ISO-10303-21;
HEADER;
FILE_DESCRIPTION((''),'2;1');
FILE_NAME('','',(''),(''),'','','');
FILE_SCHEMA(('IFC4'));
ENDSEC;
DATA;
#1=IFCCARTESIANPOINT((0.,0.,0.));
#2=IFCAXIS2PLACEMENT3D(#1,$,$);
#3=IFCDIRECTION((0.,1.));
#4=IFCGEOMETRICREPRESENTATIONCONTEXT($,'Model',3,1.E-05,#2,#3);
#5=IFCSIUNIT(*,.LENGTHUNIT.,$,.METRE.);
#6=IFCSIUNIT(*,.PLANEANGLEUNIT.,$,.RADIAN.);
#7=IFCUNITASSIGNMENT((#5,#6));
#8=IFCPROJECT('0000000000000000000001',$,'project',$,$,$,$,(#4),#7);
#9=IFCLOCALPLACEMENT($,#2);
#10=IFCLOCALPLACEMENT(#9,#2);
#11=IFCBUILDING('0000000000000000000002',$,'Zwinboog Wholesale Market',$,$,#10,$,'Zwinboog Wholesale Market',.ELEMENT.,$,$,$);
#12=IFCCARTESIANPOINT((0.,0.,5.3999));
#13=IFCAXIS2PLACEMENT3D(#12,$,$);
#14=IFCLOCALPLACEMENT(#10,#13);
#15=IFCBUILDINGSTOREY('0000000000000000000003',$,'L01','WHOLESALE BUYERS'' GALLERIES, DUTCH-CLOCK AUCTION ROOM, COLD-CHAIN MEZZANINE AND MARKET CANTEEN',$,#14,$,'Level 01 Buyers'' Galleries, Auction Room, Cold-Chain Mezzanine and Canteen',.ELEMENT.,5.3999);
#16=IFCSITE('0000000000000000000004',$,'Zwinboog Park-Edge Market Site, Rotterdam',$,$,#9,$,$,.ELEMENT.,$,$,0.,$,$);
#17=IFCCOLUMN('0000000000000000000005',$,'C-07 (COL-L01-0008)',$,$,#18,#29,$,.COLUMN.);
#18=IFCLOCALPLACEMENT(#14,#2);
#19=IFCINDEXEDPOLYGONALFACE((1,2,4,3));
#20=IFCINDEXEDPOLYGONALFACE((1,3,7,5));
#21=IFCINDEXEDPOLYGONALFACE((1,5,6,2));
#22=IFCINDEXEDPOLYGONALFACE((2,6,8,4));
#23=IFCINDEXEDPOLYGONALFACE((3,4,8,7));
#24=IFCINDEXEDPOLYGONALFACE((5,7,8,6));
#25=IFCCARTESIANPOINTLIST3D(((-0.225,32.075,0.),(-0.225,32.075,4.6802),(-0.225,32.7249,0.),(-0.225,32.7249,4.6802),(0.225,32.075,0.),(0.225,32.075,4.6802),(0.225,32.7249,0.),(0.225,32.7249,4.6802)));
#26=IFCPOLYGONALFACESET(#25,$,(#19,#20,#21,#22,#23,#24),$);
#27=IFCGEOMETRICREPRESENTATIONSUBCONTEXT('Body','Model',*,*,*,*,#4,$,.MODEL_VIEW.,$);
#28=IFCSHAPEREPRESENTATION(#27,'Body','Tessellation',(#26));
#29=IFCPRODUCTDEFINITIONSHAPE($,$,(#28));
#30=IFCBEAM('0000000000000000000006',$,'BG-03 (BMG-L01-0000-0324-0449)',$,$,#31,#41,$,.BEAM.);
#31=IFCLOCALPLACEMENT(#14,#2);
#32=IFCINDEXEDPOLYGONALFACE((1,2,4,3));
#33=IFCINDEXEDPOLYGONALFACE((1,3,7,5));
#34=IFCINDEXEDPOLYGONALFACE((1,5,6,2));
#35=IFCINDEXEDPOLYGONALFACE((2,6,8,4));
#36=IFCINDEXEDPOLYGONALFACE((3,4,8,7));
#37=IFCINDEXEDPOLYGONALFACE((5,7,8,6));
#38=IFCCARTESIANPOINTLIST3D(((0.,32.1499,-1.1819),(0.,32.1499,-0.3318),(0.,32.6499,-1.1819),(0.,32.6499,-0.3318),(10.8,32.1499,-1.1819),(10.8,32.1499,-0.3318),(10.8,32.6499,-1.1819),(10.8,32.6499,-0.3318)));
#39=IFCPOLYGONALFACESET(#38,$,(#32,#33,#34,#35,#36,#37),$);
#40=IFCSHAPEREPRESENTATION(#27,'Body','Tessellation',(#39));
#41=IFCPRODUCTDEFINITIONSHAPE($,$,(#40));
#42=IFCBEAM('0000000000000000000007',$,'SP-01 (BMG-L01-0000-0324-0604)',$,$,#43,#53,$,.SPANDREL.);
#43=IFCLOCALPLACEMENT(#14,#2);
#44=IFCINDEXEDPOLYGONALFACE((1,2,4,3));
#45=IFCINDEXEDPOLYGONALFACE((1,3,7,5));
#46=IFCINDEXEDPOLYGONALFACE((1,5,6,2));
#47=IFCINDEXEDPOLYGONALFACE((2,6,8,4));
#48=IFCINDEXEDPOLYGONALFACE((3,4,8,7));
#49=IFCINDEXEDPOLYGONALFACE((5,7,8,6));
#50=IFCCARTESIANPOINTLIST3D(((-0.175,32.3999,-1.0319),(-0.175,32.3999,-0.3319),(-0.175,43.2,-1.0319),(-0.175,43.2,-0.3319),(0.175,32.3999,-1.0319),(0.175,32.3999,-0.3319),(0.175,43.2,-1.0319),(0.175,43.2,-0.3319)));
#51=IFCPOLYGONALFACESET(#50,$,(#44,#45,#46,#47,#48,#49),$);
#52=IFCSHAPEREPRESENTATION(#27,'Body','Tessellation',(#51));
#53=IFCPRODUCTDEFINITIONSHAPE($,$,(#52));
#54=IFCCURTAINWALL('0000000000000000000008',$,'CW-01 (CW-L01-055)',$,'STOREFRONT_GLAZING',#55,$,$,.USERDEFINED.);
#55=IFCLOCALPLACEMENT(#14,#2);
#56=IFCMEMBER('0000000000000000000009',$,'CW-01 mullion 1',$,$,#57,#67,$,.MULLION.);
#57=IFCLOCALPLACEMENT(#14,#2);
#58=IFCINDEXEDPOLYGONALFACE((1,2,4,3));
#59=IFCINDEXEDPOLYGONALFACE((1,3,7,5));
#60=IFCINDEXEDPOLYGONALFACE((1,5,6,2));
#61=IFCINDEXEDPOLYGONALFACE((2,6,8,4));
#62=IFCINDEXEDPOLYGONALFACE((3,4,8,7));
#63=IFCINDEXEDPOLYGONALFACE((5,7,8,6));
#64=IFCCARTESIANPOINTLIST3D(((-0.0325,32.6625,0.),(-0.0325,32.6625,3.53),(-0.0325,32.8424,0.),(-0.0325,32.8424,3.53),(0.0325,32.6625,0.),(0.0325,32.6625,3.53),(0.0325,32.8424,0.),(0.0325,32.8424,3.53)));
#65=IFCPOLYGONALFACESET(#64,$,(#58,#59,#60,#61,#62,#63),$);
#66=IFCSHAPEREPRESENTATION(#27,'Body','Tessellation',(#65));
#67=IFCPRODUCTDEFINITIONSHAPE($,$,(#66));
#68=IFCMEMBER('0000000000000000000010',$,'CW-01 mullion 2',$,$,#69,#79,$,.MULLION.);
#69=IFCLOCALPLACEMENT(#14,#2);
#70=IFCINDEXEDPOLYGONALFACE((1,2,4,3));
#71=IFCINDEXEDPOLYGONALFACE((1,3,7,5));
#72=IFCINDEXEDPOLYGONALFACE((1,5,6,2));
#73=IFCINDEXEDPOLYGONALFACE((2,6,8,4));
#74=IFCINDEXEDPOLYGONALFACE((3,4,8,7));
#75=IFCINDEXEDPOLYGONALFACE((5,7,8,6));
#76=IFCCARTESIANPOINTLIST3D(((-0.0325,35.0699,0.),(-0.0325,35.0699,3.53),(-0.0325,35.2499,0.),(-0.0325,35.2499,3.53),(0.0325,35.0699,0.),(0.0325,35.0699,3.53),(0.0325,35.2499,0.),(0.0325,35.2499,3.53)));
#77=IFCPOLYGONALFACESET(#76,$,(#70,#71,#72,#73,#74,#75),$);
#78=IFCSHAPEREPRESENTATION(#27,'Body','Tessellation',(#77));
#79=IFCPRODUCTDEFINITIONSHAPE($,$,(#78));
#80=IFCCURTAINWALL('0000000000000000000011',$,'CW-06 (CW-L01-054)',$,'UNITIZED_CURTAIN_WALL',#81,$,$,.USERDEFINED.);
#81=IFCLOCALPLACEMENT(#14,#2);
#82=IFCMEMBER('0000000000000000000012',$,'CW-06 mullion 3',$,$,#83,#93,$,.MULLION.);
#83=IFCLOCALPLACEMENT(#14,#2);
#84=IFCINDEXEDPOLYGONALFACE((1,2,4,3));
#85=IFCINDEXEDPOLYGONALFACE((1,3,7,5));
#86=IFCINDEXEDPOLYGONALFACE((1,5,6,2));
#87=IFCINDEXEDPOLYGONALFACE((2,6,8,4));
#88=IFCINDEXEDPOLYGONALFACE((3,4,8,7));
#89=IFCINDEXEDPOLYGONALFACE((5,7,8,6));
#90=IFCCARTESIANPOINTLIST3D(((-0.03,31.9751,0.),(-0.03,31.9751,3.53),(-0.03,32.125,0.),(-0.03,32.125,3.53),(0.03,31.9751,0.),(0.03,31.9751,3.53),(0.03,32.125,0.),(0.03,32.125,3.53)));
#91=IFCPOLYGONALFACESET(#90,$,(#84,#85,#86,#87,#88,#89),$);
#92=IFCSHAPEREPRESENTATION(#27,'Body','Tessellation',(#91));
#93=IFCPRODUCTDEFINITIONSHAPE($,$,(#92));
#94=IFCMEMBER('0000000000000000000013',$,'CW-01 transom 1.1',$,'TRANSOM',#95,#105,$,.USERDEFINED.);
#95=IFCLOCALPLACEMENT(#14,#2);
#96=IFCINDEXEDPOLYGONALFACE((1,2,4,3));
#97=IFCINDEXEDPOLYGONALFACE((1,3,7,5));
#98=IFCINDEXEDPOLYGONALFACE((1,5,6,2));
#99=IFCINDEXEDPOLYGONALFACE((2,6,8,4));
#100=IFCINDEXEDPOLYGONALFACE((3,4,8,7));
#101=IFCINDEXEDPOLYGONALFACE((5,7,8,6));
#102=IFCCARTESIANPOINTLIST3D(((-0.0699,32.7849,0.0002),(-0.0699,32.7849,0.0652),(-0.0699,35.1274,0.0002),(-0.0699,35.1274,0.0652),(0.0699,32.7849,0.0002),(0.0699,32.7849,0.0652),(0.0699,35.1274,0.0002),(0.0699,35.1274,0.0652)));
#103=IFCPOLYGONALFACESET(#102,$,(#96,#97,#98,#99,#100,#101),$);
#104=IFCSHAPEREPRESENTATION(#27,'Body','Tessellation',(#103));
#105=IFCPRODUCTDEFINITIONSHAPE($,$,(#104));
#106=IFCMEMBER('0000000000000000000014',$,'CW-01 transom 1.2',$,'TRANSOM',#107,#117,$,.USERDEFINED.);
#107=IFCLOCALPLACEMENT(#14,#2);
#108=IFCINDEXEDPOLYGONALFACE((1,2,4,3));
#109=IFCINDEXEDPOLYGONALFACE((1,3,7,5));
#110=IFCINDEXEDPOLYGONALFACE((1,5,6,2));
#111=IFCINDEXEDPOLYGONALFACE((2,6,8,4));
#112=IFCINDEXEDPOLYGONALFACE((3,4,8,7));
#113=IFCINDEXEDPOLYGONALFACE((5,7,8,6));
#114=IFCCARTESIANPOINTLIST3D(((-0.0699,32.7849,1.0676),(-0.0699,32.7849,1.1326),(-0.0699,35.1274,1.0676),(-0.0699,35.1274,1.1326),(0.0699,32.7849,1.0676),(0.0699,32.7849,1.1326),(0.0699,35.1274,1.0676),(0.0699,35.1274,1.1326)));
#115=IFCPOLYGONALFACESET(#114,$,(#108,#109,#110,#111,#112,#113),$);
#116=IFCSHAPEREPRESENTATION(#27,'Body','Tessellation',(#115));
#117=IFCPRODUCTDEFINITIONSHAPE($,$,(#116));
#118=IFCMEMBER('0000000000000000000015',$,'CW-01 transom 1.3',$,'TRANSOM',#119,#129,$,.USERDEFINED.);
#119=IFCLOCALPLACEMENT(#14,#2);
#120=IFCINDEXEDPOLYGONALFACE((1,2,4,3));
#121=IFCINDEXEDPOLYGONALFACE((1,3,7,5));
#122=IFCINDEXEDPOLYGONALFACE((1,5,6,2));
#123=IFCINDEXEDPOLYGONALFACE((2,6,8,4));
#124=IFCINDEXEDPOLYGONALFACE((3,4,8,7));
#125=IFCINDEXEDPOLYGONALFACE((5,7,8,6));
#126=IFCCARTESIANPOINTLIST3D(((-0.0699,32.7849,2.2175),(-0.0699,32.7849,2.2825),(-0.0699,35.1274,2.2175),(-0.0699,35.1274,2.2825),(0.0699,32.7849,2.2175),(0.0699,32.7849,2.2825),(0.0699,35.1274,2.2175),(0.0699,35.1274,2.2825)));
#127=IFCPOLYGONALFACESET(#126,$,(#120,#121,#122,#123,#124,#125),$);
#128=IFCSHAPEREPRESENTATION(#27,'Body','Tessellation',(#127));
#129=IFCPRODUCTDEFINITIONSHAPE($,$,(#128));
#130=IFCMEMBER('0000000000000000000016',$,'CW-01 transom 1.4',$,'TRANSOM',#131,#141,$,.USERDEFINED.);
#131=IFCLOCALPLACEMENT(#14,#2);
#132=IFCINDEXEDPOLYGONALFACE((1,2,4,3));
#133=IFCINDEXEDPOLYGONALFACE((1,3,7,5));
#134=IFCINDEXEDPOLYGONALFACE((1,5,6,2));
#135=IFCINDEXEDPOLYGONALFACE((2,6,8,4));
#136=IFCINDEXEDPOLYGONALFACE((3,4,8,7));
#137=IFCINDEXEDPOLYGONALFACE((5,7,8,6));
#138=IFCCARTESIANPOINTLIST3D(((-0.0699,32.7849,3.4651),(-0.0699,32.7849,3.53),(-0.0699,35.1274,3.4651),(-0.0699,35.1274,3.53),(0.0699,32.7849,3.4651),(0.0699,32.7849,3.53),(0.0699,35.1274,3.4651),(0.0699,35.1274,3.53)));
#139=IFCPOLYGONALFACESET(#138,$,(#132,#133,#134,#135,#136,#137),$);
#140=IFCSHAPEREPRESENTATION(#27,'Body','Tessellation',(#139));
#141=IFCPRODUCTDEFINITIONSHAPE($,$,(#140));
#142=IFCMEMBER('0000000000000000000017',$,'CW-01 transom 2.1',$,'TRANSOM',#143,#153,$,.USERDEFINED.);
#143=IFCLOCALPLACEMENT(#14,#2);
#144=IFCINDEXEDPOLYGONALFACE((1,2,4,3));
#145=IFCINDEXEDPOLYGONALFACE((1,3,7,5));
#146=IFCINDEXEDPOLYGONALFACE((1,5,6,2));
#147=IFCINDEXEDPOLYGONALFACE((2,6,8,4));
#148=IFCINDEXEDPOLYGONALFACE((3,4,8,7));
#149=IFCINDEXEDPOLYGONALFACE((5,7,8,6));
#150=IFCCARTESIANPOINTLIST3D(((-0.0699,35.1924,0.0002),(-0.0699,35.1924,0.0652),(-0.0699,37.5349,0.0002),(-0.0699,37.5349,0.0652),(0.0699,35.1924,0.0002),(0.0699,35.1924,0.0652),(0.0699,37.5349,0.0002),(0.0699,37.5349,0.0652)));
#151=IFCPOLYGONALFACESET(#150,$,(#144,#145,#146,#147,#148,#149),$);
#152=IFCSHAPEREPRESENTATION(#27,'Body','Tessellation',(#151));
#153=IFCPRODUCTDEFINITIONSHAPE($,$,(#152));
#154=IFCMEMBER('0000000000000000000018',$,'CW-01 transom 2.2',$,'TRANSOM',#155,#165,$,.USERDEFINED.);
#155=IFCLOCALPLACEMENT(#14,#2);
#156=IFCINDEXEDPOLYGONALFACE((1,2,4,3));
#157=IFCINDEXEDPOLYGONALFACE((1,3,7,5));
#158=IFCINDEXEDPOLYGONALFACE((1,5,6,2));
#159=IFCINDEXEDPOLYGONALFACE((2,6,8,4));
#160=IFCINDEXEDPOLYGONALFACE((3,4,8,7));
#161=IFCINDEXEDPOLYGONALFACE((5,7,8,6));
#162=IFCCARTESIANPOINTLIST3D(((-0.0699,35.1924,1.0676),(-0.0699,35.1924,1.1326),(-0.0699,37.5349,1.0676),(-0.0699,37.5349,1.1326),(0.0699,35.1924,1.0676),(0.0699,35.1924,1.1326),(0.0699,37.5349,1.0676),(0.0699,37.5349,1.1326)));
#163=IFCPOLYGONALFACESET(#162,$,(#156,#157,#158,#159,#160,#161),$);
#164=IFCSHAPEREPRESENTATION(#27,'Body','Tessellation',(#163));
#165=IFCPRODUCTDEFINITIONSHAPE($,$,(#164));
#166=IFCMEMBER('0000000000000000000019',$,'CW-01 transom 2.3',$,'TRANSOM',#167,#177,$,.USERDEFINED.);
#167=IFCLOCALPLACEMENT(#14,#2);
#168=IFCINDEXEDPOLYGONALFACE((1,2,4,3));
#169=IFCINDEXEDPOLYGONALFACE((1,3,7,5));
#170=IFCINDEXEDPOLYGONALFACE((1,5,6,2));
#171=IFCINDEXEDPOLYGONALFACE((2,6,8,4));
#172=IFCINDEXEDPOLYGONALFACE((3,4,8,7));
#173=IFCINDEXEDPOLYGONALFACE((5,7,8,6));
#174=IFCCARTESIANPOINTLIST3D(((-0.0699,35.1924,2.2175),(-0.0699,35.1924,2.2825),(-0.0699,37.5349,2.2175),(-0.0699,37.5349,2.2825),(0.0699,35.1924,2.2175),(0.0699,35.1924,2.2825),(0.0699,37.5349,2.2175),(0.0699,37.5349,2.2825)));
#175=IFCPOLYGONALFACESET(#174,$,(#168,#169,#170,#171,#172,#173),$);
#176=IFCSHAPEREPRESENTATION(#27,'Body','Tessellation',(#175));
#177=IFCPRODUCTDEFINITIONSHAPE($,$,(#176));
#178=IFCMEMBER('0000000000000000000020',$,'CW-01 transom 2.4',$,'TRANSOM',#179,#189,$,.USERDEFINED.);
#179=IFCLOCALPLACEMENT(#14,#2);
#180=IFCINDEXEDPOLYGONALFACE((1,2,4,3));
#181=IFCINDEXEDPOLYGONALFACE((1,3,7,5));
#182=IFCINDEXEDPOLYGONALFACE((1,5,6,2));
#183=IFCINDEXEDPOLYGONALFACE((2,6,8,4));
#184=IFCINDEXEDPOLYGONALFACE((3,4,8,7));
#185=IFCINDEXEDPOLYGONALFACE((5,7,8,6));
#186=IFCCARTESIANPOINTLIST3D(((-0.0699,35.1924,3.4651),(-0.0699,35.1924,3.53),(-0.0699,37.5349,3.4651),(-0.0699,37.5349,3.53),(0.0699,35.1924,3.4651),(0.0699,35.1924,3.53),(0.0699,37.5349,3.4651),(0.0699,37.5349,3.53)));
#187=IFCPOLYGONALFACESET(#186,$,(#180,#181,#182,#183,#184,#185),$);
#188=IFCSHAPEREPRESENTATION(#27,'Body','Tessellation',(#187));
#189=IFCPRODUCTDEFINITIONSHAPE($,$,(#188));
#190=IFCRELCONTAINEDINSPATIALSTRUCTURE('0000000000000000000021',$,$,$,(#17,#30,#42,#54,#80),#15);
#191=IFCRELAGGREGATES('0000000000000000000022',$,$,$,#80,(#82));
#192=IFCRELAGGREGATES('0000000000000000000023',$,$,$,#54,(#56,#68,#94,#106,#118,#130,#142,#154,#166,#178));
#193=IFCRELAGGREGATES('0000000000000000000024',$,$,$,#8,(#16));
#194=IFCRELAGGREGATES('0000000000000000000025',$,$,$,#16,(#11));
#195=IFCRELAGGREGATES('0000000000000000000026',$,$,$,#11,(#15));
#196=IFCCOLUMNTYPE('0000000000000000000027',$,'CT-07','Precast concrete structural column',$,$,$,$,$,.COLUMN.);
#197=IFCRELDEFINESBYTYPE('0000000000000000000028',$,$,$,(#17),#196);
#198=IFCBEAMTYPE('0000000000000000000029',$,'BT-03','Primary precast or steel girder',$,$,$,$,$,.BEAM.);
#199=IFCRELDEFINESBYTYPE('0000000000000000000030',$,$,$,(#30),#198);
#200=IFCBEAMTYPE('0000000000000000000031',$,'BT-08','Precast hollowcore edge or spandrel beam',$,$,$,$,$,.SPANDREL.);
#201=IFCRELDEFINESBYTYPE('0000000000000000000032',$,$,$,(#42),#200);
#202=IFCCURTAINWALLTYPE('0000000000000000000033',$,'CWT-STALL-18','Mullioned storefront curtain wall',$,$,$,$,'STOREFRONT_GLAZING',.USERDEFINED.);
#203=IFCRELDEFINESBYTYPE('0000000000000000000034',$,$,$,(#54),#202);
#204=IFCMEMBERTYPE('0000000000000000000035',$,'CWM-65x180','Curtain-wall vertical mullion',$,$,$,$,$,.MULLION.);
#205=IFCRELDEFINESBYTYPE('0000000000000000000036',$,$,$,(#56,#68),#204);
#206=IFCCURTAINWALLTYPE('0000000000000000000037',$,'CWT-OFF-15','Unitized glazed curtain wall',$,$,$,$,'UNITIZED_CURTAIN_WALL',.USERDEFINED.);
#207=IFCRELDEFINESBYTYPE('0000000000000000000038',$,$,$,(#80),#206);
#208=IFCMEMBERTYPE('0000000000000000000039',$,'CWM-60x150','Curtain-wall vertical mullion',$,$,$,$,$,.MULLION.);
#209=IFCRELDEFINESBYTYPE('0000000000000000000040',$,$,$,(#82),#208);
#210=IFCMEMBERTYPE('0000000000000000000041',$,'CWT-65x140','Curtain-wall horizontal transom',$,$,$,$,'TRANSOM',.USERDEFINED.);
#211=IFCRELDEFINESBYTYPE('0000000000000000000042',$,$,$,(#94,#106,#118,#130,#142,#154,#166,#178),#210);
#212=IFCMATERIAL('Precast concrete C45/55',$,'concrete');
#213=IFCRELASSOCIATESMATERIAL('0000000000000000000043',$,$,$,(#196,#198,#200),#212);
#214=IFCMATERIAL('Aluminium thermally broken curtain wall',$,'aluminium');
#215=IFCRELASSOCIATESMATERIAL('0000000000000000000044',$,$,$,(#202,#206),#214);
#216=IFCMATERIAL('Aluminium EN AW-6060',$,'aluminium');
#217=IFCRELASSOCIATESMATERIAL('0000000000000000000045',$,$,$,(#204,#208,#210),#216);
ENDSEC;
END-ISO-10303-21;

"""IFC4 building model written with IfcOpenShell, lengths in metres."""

from ifc_helpers import new_model, si_unit, direction, frame, origin, origin_2d, place, context, subcontext, project, spatial, rectangle, extrude, material, material_profile, profile_set, type_object, element, aggregate, save


model = new_model("IFC4")

# Units and contexts
model_context = context("Model", 3, precision=1e-05, world=origin(), true_north=direction((0.0, 1.0)))
body_context = subcontext(model_context, "Body", "Model", "MODEL_VIEW")
ifc_project = project(units=[si_unit("LENGTHUNIT", "METRE"), si_unit("PLANEANGLEUNIT", "RADIAN")], contexts=[model_context])

# Site, building, storey
site_placement = place(None, origin())
site = spatial("IfcSite", under=ifc_project, at=site_placement, Name="Zwinboog Park-Edge Market Site, Rotterdam", CompositionType="ELEMENT", RefElevation=0.0)
building_placement = place(site_placement, origin())
building = spatial("IfcBuilding", under=site, at=building_placement, Name="Zwinboog Wholesale Market", LongName="Zwinboog Wholesale Market", CompositionType="ELEMENT")
storey_placement = place(building_placement, frame((0.0, 0.0, 5.3999)))
storey = spatial("IfcBuildingStorey", under=building, at=storey_placement, Name="L01", Description="WHOLESALE BUYERS' GALLERIES, DUTCH-CLOCK AUCTION ROOM, COLD-CHAIN MEZZANINE AND MARKET CANTEEN", LongName="Level 01 Buyers' Galleries, Auction Room, Cold-Chain Mezzanine and Canteen", CompositionType="ELEMENT", Elevation=5.3999)

# Column
ifc_material_1 = material(Name="Precast concrete C45/55", Category="concrete")
ifc_material_profile_1 = material_profile(ifc_material_1, rectangle(XDim=0.45, YDim=0.6499, at=origin_2d()), Name="PC 450x650")
ifc_profile_set_1 = profile_set([ifc_material_profile_1], Name="Precast concrete C45/55")
column_type = type_object("IfcColumnType", Name="CT-07", Description="Precast concrete structural column", PredefinedType="COLUMN", material=ifc_profile_set_1)
column_placement = place(storey_placement, frame((0.0, 32.3999, 0.0), z_axis=(0.0, 0.0, 1.0), x_axis=(1.0, 0.0, 0.0)))
element("IfcColumn", 1, at=column_placement, inside=storey, type_object=column_type, Name="C-07 (COL-L01-0008)", PredefinedType="COLUMN", context=body_context, shape_type="SweptSolid", body=[
    extrude(rectangle(XDim=0.45, YDim=0.6499, at=origin_2d()), origin(), (0.0, 0.0, 1.0), 4.6802),
])

# Beams
ifc_material_profile_2 = material_profile(ifc_material_1, rectangle(XDim=0.5, YDim=0.8501, at=origin_2d()), Name="PC 500x850")
ifc_profile_set_2 = profile_set([ifc_material_profile_2], Name="Precast concrete C45/55")
beam_type_1 = type_object("IfcBeamType", Name="BT-03", Description="Primary precast or steel girder", PredefinedType="BEAM", material=ifc_profile_set_2)
beam_1_placement = place(storey_placement, frame((0.0, 32.3999, -0.7568), z_axis=(1.0, 0.0, 0.0), x_axis=(0.0, 1.0, 0.0)))
element("IfcBeam", 2, at=beam_1_placement, inside=storey, type_object=beam_type_1, Name="BG-03 (BMG-L01-0000-0324-0449)", PredefinedType="BEAM", context=body_context, shape_type="SweptSolid", body=[
    extrude(rectangle(XDim=0.5, YDim=0.8501, at=origin_2d()), origin(), (0.0, 0.0, 1.0), 10.8),
])
ifc_material_profile_3 = material_profile(ifc_material_1, rectangle(XDim=0.3501, YDim=0.7, at=origin_2d()), Name="PC 350x700")
ifc_profile_set_3 = profile_set([ifc_material_profile_3], Name="Precast concrete C45/55")
beam_type_2 = type_object("IfcBeamType", Name="BT-08", Description="Precast hollowcore edge or spandrel beam", PredefinedType="SPANDREL", material=ifc_profile_set_3)
beam_2_placement = place(storey_placement, frame((0.0, 32.3999, -0.6819), z_axis=(0.0, 1.0, 0.0), x_axis=(-1.0, 0.0, 0.0)))
element("IfcBeam", 3, at=beam_2_placement, inside=storey, type_object=beam_type_2, Name="SP-01 (BMG-L01-0000-0324-0604)", PredefinedType="SPANDREL", context=body_context, shape_type="SweptSolid", body=[
    extrude(rectangle(XDim=0.3501, YDim=0.7, at=origin_2d()), origin(), (0.0, 0.0, 1.0), 10.8),
])

# Curtain wall, members
ifc_material_2 = material(Name="Aluminium thermally broken curtain wall", Category="aluminium")
curtain_wall_type_1 = type_object("IfcCurtainWallType", Name="CWT-STALL-18", Description="Mullioned storefront curtain wall", ElementType="STOREFRONT_GLAZING", PredefinedType="USERDEFINED", material=ifc_material_2)
curtain_wall_1_placement = place(storey_placement, origin())
curtain_wall_1 = element("IfcCurtainWall", 4, at=curtain_wall_1_placement, inside=storey, type_object=curtain_wall_type_1, Name="CW-01 (CW-L01-055)", ObjectType="STOREFRONT_GLAZING", PredefinedType="USERDEFINED")
ifc_material_3 = material(Name="Aluminium EN AW-6060", Category="aluminium")
ifc_material_profile_4 = material_profile(ifc_material_3, rectangle(XDim=0.0649, YDim=0.1799, at=origin_2d()), Name="AL 65x180")
ifc_profile_set_4 = profile_set([ifc_material_profile_4], Name="Aluminium EN AW-6060")
member_type_1 = type_object("IfcMemberType", Name="CWM-65x180", Description="Curtain-wall vertical mullion", PredefinedType="MULLION", material=ifc_profile_set_4)
member_1_placement = place(storey_placement, frame((0.0, 32.7524, 0.0), z_axis=(0.0, 0.0, 1.0), x_axis=(-1.0, 0.0, 0.0)))
member_1 = element("IfcMember", 5, at=member_1_placement, type_object=member_type_1, Name="CW-01 mullion 1", PredefinedType="MULLION", context=body_context, shape_type="SweptSolid", body=[
    extrude(rectangle(XDim=0.0649, YDim=0.1799, at=origin_2d()), origin(), (0.0, 0.0, 1.0), 3.53),
])
member_2_placement = place(storey_placement, frame((0.0, 35.1599, 0.0), z_axis=(0.0, 0.0, 1.0), x_axis=(-1.0, 0.0, 0.0)))
member_2 = element("IfcMember", 6, at=member_2_placement, type_object=member_type_1, Name="CW-01 mullion 2", PredefinedType="MULLION", context=body_context, shape_type="SweptSolid", body=[
    extrude(rectangle(XDim=0.0649, YDim=0.1799, at=origin_2d()), origin(), (0.0, 0.0, 1.0), 3.53),
])

# Curtain wall, member
curtain_wall_type_2 = type_object("IfcCurtainWallType", Name="CWT-OFF-15", Description="Unitized glazed curtain wall", ElementType="UNITIZED_CURTAIN_WALL", PredefinedType="USERDEFINED", material=ifc_material_2)
curtain_wall_2_placement = place(storey_placement, origin())
curtain_wall_2 = element("IfcCurtainWall", 7, at=curtain_wall_2_placement, inside=storey, type_object=curtain_wall_type_2, Name="CW-06 (CW-L01-054)", ObjectType="UNITIZED_CURTAIN_WALL", PredefinedType="USERDEFINED")
ifc_material_profile_5 = material_profile(ifc_material_3, rectangle(XDim=0.0601, YDim=0.1499, at=origin_2d()), Name="AL 60x150")
ifc_profile_set_5 = profile_set([ifc_material_profile_5], Name="Aluminium EN AW-6060")
member_type_2 = type_object("IfcMemberType", Name="CWM-60x150", Description="Curtain-wall vertical mullion", PredefinedType="MULLION", material=ifc_profile_set_5)
member_3_placement = place(storey_placement, frame((0.0, 32.05, 0.0), z_axis=(0.0, 0.0, 1.0), x_axis=(-1.0, 0.0, 0.0)))
member_3 = element("IfcMember", 8, at=member_3_placement, type_object=member_type_2, Name="CW-06 mullion 3", PredefinedType="MULLION", context=body_context, shape_type="SweptSolid", body=[
    extrude(rectangle(XDim=0.0601, YDim=0.1499, at=origin_2d()), origin(), (0.0, 0.0, 1.0), 3.53),
])

# Members
ifc_material_profile_6 = material_profile(ifc_material_3, rectangle(XDim=0.1399, YDim=0.0649, at=origin_2d()), Name="AL 65x140")
ifc_profile_set_6 = profile_set([ifc_material_profile_6], Name="Aluminium EN AW-6060")
member_type_3 = type_object("IfcMemberType", Name="CWT-65x140", Description="Curtain-wall horizontal transom", ElementType="TRANSOM", PredefinedType="USERDEFINED", material=ifc_profile_set_6)
member_4_placement = place(storey_placement, frame((0.0, 32.7849, 0.0327), z_axis=(0.0, 1.0, 0.0), x_axis=(-1.0, 0.0, 0.0)))
member_4 = element("IfcMember", 9, at=member_4_placement, type_object=member_type_3, Name="CW-01 transom 1.1", ObjectType="TRANSOM", PredefinedType="USERDEFINED", context=body_context, shape_type="SweptSolid", body=[
    extrude(rectangle(XDim=0.1399, YDim=0.0649, at=origin_2d()), origin(), (0.0, 0.0, 1.0), 2.3425),
])
member_5_placement = place(storey_placement, frame((0.0, 32.7849, 1.1001), z_axis=(0.0, 1.0, 0.0), x_axis=(-1.0, 0.0, 0.0)))
member_5 = element("IfcMember", 10, at=member_5_placement, type_object=member_type_3, Name="CW-01 transom 1.2", ObjectType="TRANSOM", PredefinedType="USERDEFINED", context=body_context, shape_type="SweptSolid", body=[
    extrude(rectangle(XDim=0.1399, YDim=0.0649, at=origin_2d()), origin(), (0.0, 0.0, 1.0), 2.3425),
])
member_6_placement = place(storey_placement, frame((0.0, 32.7849, 2.25), z_axis=(0.0, 1.0, 0.0), x_axis=(-1.0, 0.0, 0.0)))
member_6 = element("IfcMember", 11, at=member_6_placement, type_object=member_type_3, Name="CW-01 transom 1.3", ObjectType="TRANSOM", PredefinedType="USERDEFINED", context=body_context, shape_type="SweptSolid", body=[
    extrude(rectangle(XDim=0.1399, YDim=0.0649, at=origin_2d()), origin(), (0.0, 0.0, 1.0), 2.3425),
])
member_7_placement = place(storey_placement, frame((0.0, 32.7849, 3.4976), z_axis=(0.0, 1.0, 0.0), x_axis=(-1.0, 0.0, 0.0)))
member_7 = element("IfcMember", 12, at=member_7_placement, type_object=member_type_3, Name="CW-01 transom 1.4", ObjectType="TRANSOM", PredefinedType="USERDEFINED", context=body_context, shape_type="SweptSolid", body=[
    extrude(rectangle(XDim=0.1399, YDim=0.0649, at=origin_2d()), origin(), (0.0, 0.0, 1.0), 2.3425),
])
member_8_placement = place(storey_placement, frame((0.0, 35.1924, 0.0327), z_axis=(0.0, 1.0, 0.0), x_axis=(-1.0, 0.0, 0.0)))
member_8 = element("IfcMember", 13, at=member_8_placement, type_object=member_type_3, Name="CW-01 transom 2.1", ObjectType="TRANSOM", PredefinedType="USERDEFINED", context=body_context, shape_type="SweptSolid", body=[
    extrude(rectangle(XDim=0.1399, YDim=0.0649, at=origin_2d()), origin(), (0.0, 0.0, 1.0), 2.3425),
])
member_9_placement = place(storey_placement, frame((0.0, 35.1924, 1.1001), z_axis=(0.0, 1.0, 0.0), x_axis=(-1.0, 0.0, 0.0)))
member_9 = element("IfcMember", 14, at=member_9_placement, type_object=member_type_3, Name="CW-01 transom 2.2", ObjectType="TRANSOM", PredefinedType="USERDEFINED", context=body_context, shape_type="SweptSolid", body=[
    extrude(rectangle(XDim=0.1399, YDim=0.0649, at=origin_2d()), origin(), (0.0, 0.0, 1.0), 2.3425),
])
member_10_placement = place(storey_placement, frame((0.0, 35.1924, 2.25), z_axis=(0.0, 1.0, 0.0), x_axis=(-1.0, 0.0, 0.0)))
member_10 = element("IfcMember", 15, at=member_10_placement, type_object=member_type_3, Name="CW-01 transom 2.3", ObjectType="TRANSOM", PredefinedType="USERDEFINED", context=body_context, shape_type="SweptSolid", body=[
    extrude(rectangle(XDim=0.1399, YDim=0.0649, at=origin_2d()), origin(), (0.0, 0.0, 1.0), 2.3425),
])
member_11_placement = place(storey_placement, frame((0.0, 35.1924, 3.4976), z_axis=(0.0, 1.0, 0.0), x_axis=(-1.0, 0.0, 0.0)))
member_11 = element("IfcMember", 16, at=member_11_placement, type_object=member_type_3, Name="CW-01 transom 2.4", ObjectType="TRANSOM", PredefinedType="USERDEFINED", context=body_context, shape_type="SweptSolid", body=[
    extrude(rectangle(XDim=0.1399, YDim=0.0649, at=origin_2d()), origin(), (0.0, 0.0, 1.0), 2.3425),
])

aggregate(curtain_wall_2, [member_3])
aggregate(curtain_wall_1, [member_1, member_2, member_4, member_5, member_6, member_7, member_8, member_9, member_10, member_11])

save(model, "model.ifc")
